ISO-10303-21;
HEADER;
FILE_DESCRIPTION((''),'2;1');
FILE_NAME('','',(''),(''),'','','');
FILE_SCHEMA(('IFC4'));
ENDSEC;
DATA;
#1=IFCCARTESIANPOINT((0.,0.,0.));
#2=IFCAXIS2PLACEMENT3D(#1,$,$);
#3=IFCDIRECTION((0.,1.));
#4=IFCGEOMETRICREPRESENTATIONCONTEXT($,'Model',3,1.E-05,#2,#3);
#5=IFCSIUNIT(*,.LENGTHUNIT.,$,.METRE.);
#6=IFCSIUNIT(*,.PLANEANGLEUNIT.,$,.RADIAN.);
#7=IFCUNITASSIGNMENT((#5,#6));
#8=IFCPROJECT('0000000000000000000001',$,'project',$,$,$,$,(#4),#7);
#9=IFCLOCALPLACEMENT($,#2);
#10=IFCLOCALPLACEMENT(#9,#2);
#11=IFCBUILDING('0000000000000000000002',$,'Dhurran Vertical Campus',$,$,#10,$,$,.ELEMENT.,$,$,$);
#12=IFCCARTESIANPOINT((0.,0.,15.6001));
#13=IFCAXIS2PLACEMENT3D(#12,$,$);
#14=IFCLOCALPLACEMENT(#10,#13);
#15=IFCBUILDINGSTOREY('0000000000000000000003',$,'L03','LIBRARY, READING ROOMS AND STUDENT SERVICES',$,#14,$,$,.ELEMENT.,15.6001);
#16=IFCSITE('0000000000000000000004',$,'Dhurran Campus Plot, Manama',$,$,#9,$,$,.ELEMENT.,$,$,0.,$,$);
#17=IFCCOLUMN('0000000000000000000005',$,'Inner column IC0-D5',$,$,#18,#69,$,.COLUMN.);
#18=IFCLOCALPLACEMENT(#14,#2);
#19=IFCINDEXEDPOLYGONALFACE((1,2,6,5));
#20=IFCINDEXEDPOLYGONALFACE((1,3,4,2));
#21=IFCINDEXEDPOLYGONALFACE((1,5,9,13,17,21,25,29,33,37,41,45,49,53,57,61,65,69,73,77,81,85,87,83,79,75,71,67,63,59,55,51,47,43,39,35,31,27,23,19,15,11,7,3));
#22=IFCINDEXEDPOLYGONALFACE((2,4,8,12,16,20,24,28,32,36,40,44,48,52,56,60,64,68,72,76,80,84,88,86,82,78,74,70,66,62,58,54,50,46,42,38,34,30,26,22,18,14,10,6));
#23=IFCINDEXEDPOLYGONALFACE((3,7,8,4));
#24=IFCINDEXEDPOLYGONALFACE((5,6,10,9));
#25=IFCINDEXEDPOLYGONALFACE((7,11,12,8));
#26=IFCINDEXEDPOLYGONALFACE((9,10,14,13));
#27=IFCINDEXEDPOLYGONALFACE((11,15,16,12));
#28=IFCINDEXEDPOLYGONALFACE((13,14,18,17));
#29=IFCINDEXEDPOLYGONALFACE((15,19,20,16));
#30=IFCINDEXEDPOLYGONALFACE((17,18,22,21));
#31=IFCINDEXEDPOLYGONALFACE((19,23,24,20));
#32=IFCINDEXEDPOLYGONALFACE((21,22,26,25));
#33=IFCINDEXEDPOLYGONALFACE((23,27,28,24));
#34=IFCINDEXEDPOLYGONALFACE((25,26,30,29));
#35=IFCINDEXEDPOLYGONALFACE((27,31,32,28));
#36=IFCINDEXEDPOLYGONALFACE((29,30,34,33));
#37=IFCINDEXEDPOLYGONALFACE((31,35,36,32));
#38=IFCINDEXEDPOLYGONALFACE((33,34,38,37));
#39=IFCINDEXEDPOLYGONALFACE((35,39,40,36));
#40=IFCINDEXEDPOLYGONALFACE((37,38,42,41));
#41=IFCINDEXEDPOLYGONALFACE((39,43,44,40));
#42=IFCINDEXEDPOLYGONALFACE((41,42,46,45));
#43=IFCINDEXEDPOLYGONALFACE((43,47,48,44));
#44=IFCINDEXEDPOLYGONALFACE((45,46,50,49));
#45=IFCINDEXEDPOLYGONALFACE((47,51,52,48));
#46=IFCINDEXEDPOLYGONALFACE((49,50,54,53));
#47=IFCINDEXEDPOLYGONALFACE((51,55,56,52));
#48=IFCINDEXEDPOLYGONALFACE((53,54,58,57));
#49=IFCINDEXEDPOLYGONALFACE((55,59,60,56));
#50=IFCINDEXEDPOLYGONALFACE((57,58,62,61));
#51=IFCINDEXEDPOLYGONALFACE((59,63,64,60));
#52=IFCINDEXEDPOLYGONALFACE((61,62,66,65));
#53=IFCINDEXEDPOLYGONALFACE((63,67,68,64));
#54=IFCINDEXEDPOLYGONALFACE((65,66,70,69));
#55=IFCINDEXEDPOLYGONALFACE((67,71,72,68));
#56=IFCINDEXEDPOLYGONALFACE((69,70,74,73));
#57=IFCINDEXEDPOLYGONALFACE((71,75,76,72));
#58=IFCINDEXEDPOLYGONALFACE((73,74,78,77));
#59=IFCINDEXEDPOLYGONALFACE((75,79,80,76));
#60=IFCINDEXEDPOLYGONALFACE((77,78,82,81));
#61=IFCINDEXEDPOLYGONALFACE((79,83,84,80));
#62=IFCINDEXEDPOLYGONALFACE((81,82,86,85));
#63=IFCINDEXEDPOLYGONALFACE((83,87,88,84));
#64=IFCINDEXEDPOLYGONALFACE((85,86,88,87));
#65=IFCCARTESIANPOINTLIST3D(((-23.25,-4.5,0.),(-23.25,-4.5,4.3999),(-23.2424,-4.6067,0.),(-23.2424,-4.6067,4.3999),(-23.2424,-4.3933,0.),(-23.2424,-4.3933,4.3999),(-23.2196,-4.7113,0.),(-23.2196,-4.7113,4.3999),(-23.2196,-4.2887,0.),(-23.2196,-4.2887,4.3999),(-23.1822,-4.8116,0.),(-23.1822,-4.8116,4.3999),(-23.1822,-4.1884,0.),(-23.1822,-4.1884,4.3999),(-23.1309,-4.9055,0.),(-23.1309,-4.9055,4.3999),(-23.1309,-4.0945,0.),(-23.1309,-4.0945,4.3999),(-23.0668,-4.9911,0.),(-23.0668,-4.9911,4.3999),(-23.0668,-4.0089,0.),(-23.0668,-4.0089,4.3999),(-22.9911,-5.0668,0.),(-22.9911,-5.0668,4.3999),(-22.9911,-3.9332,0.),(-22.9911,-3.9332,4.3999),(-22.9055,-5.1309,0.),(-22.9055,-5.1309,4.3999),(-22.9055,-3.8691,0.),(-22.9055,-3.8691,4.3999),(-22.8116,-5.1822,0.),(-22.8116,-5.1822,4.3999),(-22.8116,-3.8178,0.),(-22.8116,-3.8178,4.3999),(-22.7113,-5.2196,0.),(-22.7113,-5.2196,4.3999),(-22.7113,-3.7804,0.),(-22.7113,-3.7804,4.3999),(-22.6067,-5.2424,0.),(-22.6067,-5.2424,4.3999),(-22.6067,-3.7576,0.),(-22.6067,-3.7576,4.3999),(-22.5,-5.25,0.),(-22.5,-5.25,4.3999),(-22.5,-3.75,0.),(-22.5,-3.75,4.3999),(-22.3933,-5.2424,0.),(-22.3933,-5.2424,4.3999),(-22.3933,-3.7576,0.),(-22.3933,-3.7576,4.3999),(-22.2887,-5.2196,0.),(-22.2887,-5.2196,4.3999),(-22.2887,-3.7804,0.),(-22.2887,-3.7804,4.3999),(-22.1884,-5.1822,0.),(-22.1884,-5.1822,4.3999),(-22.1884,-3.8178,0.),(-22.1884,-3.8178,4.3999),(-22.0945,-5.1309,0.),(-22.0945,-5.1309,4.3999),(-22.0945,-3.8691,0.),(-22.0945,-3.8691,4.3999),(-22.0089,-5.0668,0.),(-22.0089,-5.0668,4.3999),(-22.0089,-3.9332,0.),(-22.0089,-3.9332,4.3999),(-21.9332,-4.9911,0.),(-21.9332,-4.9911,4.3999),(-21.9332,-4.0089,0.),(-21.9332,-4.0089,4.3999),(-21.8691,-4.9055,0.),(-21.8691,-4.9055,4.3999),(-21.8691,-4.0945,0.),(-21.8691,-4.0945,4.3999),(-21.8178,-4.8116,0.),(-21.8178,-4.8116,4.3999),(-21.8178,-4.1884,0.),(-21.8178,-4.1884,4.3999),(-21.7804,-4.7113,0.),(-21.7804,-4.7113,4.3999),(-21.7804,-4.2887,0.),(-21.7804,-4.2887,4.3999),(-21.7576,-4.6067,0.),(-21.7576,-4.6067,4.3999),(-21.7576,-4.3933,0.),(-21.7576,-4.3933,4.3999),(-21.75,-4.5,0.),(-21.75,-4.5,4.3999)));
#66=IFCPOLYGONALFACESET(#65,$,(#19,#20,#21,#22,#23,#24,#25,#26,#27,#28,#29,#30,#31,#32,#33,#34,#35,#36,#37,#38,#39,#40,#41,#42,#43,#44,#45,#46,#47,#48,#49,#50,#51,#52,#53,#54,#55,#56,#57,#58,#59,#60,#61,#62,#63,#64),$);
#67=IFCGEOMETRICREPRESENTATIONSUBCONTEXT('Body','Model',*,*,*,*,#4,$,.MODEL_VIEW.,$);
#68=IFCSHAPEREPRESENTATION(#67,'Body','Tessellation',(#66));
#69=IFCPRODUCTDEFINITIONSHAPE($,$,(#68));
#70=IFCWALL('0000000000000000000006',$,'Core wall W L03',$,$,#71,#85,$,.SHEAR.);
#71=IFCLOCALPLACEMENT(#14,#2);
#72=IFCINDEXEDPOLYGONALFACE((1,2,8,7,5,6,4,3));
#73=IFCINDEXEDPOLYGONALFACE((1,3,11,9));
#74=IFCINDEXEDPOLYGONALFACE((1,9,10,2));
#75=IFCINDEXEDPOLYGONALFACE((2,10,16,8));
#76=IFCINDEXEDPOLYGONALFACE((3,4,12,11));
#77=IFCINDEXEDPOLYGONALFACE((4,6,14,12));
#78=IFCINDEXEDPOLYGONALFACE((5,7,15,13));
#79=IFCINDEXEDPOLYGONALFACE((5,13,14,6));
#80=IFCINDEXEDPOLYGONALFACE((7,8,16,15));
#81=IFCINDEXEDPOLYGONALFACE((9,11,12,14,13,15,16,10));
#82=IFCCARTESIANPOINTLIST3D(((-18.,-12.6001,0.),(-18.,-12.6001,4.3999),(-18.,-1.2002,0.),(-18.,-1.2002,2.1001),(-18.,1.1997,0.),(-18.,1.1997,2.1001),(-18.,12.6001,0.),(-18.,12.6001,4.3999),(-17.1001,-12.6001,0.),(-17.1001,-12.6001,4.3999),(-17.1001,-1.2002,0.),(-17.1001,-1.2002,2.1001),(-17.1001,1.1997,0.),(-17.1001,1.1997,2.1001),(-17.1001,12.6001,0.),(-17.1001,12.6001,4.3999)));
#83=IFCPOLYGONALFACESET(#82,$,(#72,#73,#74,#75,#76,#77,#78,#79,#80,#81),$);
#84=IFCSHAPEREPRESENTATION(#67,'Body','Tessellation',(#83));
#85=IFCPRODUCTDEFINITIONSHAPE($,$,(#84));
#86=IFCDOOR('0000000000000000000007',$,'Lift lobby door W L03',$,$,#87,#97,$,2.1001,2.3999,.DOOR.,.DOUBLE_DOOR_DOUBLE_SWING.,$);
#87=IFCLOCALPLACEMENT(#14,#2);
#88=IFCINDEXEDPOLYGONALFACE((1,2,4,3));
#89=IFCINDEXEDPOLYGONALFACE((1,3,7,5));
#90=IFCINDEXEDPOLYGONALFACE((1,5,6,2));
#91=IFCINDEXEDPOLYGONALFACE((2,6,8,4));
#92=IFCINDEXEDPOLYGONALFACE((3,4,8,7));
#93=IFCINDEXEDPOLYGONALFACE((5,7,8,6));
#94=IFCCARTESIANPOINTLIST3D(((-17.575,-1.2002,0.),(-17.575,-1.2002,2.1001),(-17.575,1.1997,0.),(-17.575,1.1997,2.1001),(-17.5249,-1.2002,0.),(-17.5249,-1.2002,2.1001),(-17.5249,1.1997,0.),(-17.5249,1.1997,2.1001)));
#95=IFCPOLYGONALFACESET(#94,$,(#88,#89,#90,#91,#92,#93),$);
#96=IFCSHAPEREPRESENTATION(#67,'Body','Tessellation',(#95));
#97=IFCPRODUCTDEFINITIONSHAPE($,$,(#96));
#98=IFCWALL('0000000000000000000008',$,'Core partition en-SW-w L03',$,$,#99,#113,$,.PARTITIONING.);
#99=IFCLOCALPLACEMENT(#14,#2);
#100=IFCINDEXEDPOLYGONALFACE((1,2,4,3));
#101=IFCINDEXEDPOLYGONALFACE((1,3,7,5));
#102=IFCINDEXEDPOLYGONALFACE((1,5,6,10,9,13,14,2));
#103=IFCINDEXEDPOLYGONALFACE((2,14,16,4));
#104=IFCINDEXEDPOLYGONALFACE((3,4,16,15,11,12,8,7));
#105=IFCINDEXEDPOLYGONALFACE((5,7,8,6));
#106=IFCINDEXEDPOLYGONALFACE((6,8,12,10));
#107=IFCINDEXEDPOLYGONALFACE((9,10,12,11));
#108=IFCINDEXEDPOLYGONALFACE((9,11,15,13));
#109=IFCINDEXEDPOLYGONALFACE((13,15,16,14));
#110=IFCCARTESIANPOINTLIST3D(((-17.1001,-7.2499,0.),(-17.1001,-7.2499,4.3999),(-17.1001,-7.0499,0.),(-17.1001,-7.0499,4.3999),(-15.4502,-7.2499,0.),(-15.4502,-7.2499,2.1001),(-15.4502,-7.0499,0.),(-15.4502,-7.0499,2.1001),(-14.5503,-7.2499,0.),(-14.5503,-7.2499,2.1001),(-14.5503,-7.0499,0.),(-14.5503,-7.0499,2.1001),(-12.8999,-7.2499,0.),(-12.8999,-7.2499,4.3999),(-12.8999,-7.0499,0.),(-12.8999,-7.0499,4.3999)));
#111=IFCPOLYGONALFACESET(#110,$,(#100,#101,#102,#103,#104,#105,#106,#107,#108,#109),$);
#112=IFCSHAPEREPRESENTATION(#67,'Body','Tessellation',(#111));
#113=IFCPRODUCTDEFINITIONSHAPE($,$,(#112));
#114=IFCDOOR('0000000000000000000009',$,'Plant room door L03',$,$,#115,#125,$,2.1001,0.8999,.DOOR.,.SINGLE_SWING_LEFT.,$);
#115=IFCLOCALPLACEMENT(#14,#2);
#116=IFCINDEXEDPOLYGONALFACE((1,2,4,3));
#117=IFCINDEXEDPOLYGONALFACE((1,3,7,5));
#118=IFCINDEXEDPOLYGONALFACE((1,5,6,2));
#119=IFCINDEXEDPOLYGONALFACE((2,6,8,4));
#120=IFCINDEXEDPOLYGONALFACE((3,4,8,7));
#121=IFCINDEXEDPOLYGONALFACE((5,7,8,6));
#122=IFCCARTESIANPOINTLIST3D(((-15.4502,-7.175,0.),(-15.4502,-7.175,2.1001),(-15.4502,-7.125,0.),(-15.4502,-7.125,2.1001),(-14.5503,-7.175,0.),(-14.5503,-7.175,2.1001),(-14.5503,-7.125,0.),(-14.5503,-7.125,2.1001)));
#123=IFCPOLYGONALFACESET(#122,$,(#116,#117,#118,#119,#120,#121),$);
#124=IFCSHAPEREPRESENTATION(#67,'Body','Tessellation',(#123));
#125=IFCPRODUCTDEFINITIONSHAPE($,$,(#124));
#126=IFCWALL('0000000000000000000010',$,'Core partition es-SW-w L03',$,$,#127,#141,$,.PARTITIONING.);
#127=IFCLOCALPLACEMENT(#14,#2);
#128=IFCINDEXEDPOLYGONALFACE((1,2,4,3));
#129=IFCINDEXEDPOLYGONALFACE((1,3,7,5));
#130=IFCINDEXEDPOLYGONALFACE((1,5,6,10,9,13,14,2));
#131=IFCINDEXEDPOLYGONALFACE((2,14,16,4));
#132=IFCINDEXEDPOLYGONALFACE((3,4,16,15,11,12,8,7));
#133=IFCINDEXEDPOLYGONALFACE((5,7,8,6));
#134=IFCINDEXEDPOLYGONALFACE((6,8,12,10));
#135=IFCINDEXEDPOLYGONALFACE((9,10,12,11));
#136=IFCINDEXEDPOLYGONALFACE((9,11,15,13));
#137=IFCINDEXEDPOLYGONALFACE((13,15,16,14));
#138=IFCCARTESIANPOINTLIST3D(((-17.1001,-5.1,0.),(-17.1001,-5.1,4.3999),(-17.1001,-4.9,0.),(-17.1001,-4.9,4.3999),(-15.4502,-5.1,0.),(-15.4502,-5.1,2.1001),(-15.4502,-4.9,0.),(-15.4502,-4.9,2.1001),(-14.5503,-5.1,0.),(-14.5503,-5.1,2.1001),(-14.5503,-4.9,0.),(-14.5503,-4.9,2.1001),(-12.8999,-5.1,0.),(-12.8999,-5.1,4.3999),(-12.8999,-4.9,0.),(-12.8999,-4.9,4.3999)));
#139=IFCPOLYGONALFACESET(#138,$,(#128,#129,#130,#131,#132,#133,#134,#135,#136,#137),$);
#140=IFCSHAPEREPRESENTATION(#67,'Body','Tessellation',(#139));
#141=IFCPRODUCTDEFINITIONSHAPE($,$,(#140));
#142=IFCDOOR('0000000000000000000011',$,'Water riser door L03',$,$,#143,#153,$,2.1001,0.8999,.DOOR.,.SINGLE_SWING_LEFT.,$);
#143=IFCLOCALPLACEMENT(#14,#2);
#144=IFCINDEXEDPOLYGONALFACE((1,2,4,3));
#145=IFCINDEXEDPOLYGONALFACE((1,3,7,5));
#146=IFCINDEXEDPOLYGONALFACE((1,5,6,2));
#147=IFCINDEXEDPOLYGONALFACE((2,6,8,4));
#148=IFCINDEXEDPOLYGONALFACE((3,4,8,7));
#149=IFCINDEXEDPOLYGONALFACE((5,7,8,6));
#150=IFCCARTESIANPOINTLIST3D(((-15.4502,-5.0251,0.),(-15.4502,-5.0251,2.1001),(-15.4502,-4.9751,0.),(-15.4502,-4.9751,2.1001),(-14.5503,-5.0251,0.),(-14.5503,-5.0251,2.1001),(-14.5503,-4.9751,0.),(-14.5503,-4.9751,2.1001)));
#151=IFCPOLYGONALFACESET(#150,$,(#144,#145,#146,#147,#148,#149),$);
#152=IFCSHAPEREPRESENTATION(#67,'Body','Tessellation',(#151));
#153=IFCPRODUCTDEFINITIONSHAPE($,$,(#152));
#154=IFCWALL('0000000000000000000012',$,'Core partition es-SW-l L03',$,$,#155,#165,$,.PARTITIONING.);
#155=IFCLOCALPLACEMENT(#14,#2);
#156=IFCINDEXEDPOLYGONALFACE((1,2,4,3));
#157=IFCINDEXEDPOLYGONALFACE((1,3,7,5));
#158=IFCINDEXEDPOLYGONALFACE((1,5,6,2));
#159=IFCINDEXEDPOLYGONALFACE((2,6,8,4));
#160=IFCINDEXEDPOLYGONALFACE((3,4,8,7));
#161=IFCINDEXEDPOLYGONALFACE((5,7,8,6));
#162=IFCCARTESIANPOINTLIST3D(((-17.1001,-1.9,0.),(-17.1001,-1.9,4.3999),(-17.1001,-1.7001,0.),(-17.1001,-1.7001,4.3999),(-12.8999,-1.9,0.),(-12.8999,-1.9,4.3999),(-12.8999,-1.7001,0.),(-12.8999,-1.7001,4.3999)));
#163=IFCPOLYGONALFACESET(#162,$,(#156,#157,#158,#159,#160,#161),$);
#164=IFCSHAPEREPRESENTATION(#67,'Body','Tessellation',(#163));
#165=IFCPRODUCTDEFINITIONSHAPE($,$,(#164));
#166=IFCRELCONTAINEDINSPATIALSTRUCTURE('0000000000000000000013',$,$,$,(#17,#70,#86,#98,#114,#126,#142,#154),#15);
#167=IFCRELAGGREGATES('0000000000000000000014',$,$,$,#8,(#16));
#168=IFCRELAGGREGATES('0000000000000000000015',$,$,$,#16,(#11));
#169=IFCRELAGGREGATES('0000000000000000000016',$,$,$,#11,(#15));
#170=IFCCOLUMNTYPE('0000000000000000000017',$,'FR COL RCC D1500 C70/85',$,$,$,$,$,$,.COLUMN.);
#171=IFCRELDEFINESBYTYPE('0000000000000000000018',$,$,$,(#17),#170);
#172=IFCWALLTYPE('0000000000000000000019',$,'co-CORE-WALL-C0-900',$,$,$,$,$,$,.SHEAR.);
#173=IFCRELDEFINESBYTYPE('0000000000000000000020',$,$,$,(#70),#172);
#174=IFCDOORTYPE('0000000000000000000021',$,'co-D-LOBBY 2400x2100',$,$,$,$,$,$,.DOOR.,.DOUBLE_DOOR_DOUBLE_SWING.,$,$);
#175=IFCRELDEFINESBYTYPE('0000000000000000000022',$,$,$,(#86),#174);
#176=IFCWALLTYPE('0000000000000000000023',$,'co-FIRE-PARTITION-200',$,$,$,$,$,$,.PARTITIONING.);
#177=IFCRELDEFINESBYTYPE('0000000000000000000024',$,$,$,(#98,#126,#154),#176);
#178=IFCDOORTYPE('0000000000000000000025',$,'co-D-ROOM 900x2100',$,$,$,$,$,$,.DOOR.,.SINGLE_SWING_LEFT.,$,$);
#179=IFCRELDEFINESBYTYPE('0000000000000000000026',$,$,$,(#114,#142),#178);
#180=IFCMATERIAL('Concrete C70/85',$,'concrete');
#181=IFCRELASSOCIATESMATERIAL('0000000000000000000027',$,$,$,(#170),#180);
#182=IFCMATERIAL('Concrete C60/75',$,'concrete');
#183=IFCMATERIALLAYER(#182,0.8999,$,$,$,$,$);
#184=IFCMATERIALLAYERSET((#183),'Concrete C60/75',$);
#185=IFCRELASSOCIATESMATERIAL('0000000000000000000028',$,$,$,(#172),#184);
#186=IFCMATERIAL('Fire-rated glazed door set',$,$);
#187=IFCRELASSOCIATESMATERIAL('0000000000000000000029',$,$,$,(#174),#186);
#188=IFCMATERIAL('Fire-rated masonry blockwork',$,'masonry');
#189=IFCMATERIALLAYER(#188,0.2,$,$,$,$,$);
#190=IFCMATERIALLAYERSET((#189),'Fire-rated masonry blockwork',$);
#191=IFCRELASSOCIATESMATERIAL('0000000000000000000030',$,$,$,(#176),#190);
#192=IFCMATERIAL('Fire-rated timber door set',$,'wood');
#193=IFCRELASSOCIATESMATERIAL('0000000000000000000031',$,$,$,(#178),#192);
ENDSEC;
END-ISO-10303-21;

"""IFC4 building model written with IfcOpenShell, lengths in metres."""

from ifc_helpers import new_model, si_unit, direction, frame, frame_2d, origin, origin_2d, place, context, subcontext, project, spatial, rectangle, circle, extrude, material, layer, layer_set, material_profile, profile_set, type_object, element, fill, save


model = new_model("IFC4")

# Units and contexts
model_context = context("Model", 3, precision=1e-05, world=origin(), true_north=direction((0.0, 1.0)))
body_context = subcontext(model_context, "Body", "Model", "MODEL_VIEW")
ifc_project = project(units=[si_unit("LENGTHUNIT", "METRE"), si_unit("PLANEANGLEUNIT", "RADIAN")], contexts=[model_context])

# Site, building, storey
site_placement = place(None, origin())
site = spatial("IfcSite", under=ifc_project, at=site_placement, Name="Dhurran Campus Plot, Manama", CompositionType="ELEMENT", RefElevation=0.0)
building_placement = place(site_placement, origin())
building = spatial("IfcBuilding", under=site, at=building_placement, Name="Dhurran Vertical Campus", CompositionType="ELEMENT")
storey_placement = place(building_placement, frame((0.0, 0.0, 15.6001)))
storey = spatial("IfcBuildingStorey", under=building, at=storey_placement, Name="L03", Description="LIBRARY, READING ROOMS AND STUDENT SERVICES", CompositionType="ELEMENT", Elevation=15.6001)

# Column
ifc_material_1 = material(Name="Concrete C70/85", Category="concrete")
ifc_material_profile = material_profile(ifc_material_1, circle(Radius=0.75, at=origin_2d()), Name="RCC D1500")
ifc_profile_set = profile_set([ifc_material_profile], Name="Concrete C70/85")
column_type = type_object("IfcColumnType", Name="FR COL RCC D1500 C70/85", PredefinedType="COLUMN", material=ifc_profile_set)
column_placement = place(storey_placement, frame((-22.5, -4.5, 0.0), z_axis=(0.0, 0.0, 1.0), x_axis=(1.0, 0.0, 0.0)))
element("IfcColumn", 1, at=column_placement, inside=storey, type_object=column_type, Name="Inner column IC0-D5", PredefinedType="COLUMN", context=body_context, shape_type="SweptSolid", body=[
    extrude(circle(Radius=0.75, at=origin_2d()), origin(), (0.0, 0.0, 1.0), 4.3999),
])

# Walls, openings, doors
ifc_material_2 = material(Name="Concrete C60/75", Category="concrete")
ifc_layer_1 = layer(ifc_material_2, 0.8999)
ifc_layer_set_1 = layer_set([ifc_layer_1], Name="Concrete C60/75")
wall_type_1 = type_object("IfcWallType", Name="co-CORE-WALL-C0-900", PredefinedType="SHEAR", material=ifc_layer_set_1)
wall_1_placement = place(storey_placement, frame((-17.55, -12.6001, 0.0), z_axis=(0.0, 0.0, 1.0), x_axis=(0.0, 1.0, 0.0)))
wall_1 = element("IfcWall", 2, at=wall_1_placement, inside=storey, type_object=wall_type_1, Name="Core wall W L03", PredefinedType="SHEAR", context=body_context, shape_type="SweptSolid", body=[
    extrude(rectangle(XDim=25.2002, YDim=0.8999, at=frame_2d((12.6001, 0.0))), origin(), (0.0, 0.0, 1.0), 4.3999),
])
opening_1_placement = place(wall_1_placement, frame((11.3999, 0.0, 0.0)))
opening_1 = element("IfcOpeningElement", 3, at=opening_1_placement, cuts=wall_1, PredefinedType="OPENING", context=body_context, shape_type="SweptSolid", body=[
    extrude(rectangle(XDim=2.3999, YDim=2.1001, at=frame_2d((1.2, 1.05))), frame((0.0, 0.46, 0.0), z_axis=(0.0, -1.0, 0.0), x_axis=(1.0, 0.0, 0.0)), (0.0, 0.0, 1.0), 0.9199),
])
ifc_material_3 = material(Name="Fire-rated glazed door set")
door_type_1 = type_object("IfcDoorType", Name="co-D-LOBBY 2400x2100", OperationType="DOUBLE_DOOR_DOUBLE_SWING", PredefinedType="DOOR", material=ifc_material_3)
door_1_placement = place(opening_1_placement, origin())
door_1 = element("IfcDoor", 4, at=door_1_placement, inside=storey, type_object=door_type_1, Name="Lift lobby door W L03", OperationType="DOUBLE_DOOR_DOUBLE_SWING", OverallHeight=2.1001, OverallWidth=2.3999, PredefinedType="DOOR", context=body_context, shape_type="SweptSolid", body=[
    extrude(rectangle(XDim=2.3999, YDim=2.1001, at=frame_2d((1.2, 1.05))), frame((0.0, 0.0249, 0.0), z_axis=(0.0, -1.0, 0.0), x_axis=(1.0, 0.0, 0.0)), (0.0, 0.0, 1.0), 0.05),
])
fill(opening_1, door_1)
ifc_material_4 = material(Name="Fire-rated masonry blockwork", Category="masonry")
ifc_layer_2 = layer(ifc_material_4, 0.2)
ifc_layer_set_2 = layer_set([ifc_layer_2], Name="Fire-rated masonry blockwork")
wall_type_2 = type_object("IfcWallType", Name="co-FIRE-PARTITION-200", PredefinedType="PARTITIONING", material=ifc_layer_set_2)
wall_2_placement = place(storey_placement, frame((-17.1001, -7.1499, 0.0), z_axis=(0.0, 0.0, 1.0), x_axis=(1.0, 0.0, 0.0)))
wall_2 = element("IfcWall", 5, at=wall_2_placement, inside=storey, type_object=wall_type_2, Name="Core partition en-SW-w L03", PredefinedType="PARTITIONING", context=body_context, shape_type="SweptSolid", body=[
    extrude(rectangle(XDim=4.2002, YDim=0.2, at=frame_2d((2.1001, 0.0))), origin(), (0.0, 0.0, 1.0), 4.3999),
])
opening_2_placement = place(wall_2_placement, frame((1.6499, 0.0, 0.0)))
opening_2 = element("IfcOpeningElement", 6, at=opening_2_placement, cuts=wall_2, PredefinedType="OPENING", context=body_context, shape_type="SweptSolid", body=[
    extrude(rectangle(XDim=0.8999, YDim=2.1001, at=frame_2d((0.45, 1.05))), frame((0.0, 0.1099, 0.0), z_axis=(0.0, -1.0, 0.0), x_axis=(1.0, 0.0, 0.0)), (0.0, 0.0, 1.0), 0.22),
])
ifc_material_5 = material(Name="Fire-rated timber door set", Category="wood")
door_type_2 = type_object("IfcDoorType", Name="co-D-ROOM 900x2100", OperationType="SINGLE_SWING_LEFT", PredefinedType="DOOR", material=ifc_material_5)
door_2_placement = place(opening_2_placement, origin())
door_2 = element("IfcDoor", 7, at=door_2_placement, inside=storey, type_object=door_type_2, Name="Plant room door L03", OperationType="SINGLE_SWING_LEFT", OverallHeight=2.1001, OverallWidth=0.8999, PredefinedType="DOOR", context=body_context, shape_type="SweptSolid", body=[
    extrude(rectangle(XDim=0.8999, YDim=2.1001, at=frame_2d((0.45, 1.05))), frame((0.0, 0.0249, 0.0), z_axis=(0.0, -1.0, 0.0), x_axis=(1.0, 0.0, 0.0)), (0.0, 0.0, 1.0), 0.05),
])
fill(opening_2, door_2)
wall_3_placement = place(storey_placement, frame((-17.1001, -5.0, 0.0), z_axis=(0.0, 0.0, 1.0), x_axis=(1.0, 0.0, 0.0)))
wall_3 = element("IfcWall", 8, at=wall_3_placement, inside=storey, type_object=wall_type_2, Name="Core partition es-SW-w L03", PredefinedType="PARTITIONING", context=body_context, shape_type="SweptSolid", body=[
    extrude(rectangle(XDim=4.2002, YDim=0.2, at=frame_2d((2.1001, 0.0))), origin(), (0.0, 0.0, 1.0), 4.3999),
])
opening_3_placement = place(wall_3_placement, frame((1.6499, 0.0, 0.0)))
opening_3 = element("IfcOpeningElement", 9, at=opening_3_placement, cuts=wall_3, PredefinedType="OPENING", context=body_context, shape_type="SweptSolid", body=[
    extrude(rectangle(XDim=0.8999, YDim=2.1001, at=frame_2d((0.45, 1.05))), frame((0.0, 0.1099, 0.0), z_axis=(0.0, -1.0, 0.0), x_axis=(1.0, 0.0, 0.0)), (0.0, 0.0, 1.0), 0.22),
])
door_3_placement = place(opening_3_placement, origin())
door_3 = element("IfcDoor", 10, at=door_3_placement, inside=storey, type_object=door_type_2, Name="Water riser door L03", OperationType="SINGLE_SWING_LEFT", OverallHeight=2.1001, OverallWidth=0.8999, PredefinedType="DOOR", context=body_context, shape_type="SweptSolid", body=[
    extrude(rectangle(XDim=0.8999, YDim=2.1001, at=frame_2d((0.45, 1.05))), frame((0.0, 0.0249, 0.0), z_axis=(0.0, -1.0, 0.0), x_axis=(1.0, 0.0, 0.0)), (0.0, 0.0, 1.0), 0.05),
])
fill(opening_3, door_3)

# Wall
wall_4_placement = place(storey_placement, frame((-17.1001, -1.8, 0.0), z_axis=(0.0, 0.0, 1.0), x_axis=(1.0, 0.0, 0.0)))
element("IfcWall", 11, at=wall_4_placement, inside=storey, type_object=wall_type_2, Name="Core partition es-SW-l L03", PredefinedType="PARTITIONING", context=body_context, shape_type="SweptSolid", body=[
    extrude(rectangle(XDim=4.2002, YDim=0.2, at=frame_2d((2.1001, 0.0))), origin(), (0.0, 0.0, 1.0), 4.3999),
])

save(model, "model.ifc")
